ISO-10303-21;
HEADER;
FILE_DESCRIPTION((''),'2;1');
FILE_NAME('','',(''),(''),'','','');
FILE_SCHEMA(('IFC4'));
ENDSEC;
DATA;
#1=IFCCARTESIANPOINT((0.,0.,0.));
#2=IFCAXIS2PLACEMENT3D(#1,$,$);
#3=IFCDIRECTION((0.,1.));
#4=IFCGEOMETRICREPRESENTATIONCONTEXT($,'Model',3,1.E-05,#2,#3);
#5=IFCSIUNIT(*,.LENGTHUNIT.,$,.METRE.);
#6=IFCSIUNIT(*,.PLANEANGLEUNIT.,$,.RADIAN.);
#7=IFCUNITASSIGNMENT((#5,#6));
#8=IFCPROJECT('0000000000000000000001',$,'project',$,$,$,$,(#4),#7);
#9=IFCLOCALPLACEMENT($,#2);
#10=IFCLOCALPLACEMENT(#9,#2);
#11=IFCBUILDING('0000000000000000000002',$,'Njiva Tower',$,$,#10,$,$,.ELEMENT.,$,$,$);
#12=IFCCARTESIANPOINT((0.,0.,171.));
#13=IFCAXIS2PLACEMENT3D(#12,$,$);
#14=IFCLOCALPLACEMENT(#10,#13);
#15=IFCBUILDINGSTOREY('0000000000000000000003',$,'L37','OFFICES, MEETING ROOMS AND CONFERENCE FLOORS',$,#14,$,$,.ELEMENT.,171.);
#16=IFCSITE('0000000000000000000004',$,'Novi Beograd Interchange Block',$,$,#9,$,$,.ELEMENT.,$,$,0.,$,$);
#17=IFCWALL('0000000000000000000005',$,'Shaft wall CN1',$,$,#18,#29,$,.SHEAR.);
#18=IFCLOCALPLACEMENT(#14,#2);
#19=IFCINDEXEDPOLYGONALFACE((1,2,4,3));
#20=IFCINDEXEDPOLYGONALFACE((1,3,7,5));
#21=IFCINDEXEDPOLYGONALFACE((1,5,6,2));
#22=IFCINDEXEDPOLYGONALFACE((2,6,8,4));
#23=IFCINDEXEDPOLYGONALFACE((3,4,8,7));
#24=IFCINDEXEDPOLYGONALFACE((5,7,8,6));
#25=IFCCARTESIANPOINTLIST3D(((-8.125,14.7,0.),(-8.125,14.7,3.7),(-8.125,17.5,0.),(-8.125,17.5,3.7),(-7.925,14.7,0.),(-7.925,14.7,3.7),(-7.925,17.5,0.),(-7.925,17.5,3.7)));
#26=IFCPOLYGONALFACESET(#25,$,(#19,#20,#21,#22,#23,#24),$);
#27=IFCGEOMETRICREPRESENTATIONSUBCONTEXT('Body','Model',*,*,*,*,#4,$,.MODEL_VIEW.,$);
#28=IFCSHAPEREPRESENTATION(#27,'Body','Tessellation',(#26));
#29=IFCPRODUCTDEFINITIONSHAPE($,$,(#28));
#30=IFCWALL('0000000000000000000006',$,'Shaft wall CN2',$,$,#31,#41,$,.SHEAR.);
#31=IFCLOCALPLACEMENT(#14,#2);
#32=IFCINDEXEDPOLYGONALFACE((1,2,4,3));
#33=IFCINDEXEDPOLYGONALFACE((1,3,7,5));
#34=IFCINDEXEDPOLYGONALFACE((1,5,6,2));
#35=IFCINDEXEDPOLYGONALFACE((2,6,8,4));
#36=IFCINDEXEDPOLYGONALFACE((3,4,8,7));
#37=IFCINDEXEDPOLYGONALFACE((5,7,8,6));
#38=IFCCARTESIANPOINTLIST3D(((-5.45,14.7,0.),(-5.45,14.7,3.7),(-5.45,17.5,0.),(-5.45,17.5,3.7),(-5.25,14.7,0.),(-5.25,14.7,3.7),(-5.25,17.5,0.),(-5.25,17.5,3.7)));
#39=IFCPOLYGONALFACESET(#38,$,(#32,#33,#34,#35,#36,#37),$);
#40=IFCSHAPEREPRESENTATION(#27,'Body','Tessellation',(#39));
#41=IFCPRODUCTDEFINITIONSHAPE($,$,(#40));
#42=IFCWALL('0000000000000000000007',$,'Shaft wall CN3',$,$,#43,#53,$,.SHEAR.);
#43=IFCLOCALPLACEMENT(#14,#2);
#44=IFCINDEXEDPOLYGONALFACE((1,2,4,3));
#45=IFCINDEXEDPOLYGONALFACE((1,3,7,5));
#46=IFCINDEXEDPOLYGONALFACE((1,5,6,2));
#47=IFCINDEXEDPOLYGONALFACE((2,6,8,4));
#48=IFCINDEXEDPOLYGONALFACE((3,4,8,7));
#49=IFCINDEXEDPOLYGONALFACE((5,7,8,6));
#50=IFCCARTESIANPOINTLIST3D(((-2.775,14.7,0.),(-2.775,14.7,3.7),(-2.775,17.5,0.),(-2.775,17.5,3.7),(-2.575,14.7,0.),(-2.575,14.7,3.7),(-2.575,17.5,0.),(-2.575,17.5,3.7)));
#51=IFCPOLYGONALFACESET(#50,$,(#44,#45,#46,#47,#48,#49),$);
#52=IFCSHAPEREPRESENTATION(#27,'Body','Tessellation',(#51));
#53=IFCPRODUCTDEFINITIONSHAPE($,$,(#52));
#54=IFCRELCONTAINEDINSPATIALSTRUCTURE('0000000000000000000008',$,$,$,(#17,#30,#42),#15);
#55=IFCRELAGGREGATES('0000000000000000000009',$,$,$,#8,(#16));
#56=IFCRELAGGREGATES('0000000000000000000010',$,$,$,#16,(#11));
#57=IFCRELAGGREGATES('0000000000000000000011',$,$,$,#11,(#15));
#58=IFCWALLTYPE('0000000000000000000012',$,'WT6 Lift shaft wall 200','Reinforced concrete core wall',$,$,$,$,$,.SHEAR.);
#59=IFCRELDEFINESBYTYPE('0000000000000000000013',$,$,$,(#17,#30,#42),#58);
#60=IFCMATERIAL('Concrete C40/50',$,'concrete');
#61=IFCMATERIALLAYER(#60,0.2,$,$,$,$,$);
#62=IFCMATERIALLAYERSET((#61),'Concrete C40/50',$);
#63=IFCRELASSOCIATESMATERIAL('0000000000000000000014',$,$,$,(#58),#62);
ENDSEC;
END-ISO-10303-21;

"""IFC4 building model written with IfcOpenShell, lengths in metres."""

from ifc_helpers import new_model, si_unit, direction, frame, frame_2d, origin, place, context, subcontext, project, spatial, rectangle, extrude, material, layer, layer_set, type_object, element, save


model = new_model("IFC4")

# Units and contexts
model_context = context("Model", 3, precision=1e-05, world=origin(), true_north=direction((0.0, 1.0)))
body_context = subcontext(model_context, "Body", "Model", "MODEL_VIEW")
ifc_project = project(units=[si_unit("LENGTHUNIT", "METRE"), si_unit("PLANEANGLEUNIT", "RADIAN")], contexts=[model_context])

# Site, building, storey
site_placement = place(None, origin())
site = spatial("IfcSite", under=ifc_project, at=site_placement, Name="Novi Beograd Interchange Block", CompositionType="ELEMENT", RefElevation=0.0)
building_placement = place(site_placement, origin())
building = spatial("IfcBuilding", under=site, at=building_placement, Name="Njiva Tower", CompositionType="ELEMENT")
storey_placement = place(building_placement, frame((0.0, 0.0, 171.0)))
storey = spatial("IfcBuildingStorey", under=building, at=storey_placement, Name="L37", Description="OFFICES, MEETING ROOMS AND CONFERENCE FLOORS", CompositionType="ELEMENT", Elevation=171.0)

# Walls
ifc_material_1 = material(Name="Concrete C40/50", Category="concrete")
ifc_layer_1 = layer(ifc_material_1, 0.2)
ifc_layer_set_1 = layer_set([ifc_layer_1], Name="Concrete C40/50")
wall_type_1 = type_object("IfcWallType", Name="WT6 Lift shaft wall 200", Description="Reinforced concrete core wall", PredefinedType="SHEAR", material=ifc_layer_set_1)
for number, where, z_axis, x_axis, name in (
    (1, (-8.025, 14.7, 0.0), (0.0, 0.0, 1.0), (0.0, 1.0, 0.0), "Shaft wall CN1"),
    (2, (-5.35, 14.7, 0.0), (0.0, 0.0, 1.0), (0.0, 1.0, 0.0), "Shaft wall CN2"),
    (3, (-2.675, 14.7, 0.0), (0.0, 0.0, 1.0), (0.0, 1.0, 0.0), "Shaft wall CN3"),
):
    element("IfcWall", number, at=place(storey_placement, frame(where, z_axis=z_axis, x_axis=x_axis)), inside=storey, type_object=wall_type_1, Name=name, PredefinedType="SHEAR", context=body_context, shape_type="SweptSolid", body=[
        extrude(rectangle(XDim=2.8, YDim=0.2, at=frame_2d((1.4, 0.0))), origin(), (0.0, 0.0, 1.0), 3.7),
    ])

save(model, "model.ifc")
